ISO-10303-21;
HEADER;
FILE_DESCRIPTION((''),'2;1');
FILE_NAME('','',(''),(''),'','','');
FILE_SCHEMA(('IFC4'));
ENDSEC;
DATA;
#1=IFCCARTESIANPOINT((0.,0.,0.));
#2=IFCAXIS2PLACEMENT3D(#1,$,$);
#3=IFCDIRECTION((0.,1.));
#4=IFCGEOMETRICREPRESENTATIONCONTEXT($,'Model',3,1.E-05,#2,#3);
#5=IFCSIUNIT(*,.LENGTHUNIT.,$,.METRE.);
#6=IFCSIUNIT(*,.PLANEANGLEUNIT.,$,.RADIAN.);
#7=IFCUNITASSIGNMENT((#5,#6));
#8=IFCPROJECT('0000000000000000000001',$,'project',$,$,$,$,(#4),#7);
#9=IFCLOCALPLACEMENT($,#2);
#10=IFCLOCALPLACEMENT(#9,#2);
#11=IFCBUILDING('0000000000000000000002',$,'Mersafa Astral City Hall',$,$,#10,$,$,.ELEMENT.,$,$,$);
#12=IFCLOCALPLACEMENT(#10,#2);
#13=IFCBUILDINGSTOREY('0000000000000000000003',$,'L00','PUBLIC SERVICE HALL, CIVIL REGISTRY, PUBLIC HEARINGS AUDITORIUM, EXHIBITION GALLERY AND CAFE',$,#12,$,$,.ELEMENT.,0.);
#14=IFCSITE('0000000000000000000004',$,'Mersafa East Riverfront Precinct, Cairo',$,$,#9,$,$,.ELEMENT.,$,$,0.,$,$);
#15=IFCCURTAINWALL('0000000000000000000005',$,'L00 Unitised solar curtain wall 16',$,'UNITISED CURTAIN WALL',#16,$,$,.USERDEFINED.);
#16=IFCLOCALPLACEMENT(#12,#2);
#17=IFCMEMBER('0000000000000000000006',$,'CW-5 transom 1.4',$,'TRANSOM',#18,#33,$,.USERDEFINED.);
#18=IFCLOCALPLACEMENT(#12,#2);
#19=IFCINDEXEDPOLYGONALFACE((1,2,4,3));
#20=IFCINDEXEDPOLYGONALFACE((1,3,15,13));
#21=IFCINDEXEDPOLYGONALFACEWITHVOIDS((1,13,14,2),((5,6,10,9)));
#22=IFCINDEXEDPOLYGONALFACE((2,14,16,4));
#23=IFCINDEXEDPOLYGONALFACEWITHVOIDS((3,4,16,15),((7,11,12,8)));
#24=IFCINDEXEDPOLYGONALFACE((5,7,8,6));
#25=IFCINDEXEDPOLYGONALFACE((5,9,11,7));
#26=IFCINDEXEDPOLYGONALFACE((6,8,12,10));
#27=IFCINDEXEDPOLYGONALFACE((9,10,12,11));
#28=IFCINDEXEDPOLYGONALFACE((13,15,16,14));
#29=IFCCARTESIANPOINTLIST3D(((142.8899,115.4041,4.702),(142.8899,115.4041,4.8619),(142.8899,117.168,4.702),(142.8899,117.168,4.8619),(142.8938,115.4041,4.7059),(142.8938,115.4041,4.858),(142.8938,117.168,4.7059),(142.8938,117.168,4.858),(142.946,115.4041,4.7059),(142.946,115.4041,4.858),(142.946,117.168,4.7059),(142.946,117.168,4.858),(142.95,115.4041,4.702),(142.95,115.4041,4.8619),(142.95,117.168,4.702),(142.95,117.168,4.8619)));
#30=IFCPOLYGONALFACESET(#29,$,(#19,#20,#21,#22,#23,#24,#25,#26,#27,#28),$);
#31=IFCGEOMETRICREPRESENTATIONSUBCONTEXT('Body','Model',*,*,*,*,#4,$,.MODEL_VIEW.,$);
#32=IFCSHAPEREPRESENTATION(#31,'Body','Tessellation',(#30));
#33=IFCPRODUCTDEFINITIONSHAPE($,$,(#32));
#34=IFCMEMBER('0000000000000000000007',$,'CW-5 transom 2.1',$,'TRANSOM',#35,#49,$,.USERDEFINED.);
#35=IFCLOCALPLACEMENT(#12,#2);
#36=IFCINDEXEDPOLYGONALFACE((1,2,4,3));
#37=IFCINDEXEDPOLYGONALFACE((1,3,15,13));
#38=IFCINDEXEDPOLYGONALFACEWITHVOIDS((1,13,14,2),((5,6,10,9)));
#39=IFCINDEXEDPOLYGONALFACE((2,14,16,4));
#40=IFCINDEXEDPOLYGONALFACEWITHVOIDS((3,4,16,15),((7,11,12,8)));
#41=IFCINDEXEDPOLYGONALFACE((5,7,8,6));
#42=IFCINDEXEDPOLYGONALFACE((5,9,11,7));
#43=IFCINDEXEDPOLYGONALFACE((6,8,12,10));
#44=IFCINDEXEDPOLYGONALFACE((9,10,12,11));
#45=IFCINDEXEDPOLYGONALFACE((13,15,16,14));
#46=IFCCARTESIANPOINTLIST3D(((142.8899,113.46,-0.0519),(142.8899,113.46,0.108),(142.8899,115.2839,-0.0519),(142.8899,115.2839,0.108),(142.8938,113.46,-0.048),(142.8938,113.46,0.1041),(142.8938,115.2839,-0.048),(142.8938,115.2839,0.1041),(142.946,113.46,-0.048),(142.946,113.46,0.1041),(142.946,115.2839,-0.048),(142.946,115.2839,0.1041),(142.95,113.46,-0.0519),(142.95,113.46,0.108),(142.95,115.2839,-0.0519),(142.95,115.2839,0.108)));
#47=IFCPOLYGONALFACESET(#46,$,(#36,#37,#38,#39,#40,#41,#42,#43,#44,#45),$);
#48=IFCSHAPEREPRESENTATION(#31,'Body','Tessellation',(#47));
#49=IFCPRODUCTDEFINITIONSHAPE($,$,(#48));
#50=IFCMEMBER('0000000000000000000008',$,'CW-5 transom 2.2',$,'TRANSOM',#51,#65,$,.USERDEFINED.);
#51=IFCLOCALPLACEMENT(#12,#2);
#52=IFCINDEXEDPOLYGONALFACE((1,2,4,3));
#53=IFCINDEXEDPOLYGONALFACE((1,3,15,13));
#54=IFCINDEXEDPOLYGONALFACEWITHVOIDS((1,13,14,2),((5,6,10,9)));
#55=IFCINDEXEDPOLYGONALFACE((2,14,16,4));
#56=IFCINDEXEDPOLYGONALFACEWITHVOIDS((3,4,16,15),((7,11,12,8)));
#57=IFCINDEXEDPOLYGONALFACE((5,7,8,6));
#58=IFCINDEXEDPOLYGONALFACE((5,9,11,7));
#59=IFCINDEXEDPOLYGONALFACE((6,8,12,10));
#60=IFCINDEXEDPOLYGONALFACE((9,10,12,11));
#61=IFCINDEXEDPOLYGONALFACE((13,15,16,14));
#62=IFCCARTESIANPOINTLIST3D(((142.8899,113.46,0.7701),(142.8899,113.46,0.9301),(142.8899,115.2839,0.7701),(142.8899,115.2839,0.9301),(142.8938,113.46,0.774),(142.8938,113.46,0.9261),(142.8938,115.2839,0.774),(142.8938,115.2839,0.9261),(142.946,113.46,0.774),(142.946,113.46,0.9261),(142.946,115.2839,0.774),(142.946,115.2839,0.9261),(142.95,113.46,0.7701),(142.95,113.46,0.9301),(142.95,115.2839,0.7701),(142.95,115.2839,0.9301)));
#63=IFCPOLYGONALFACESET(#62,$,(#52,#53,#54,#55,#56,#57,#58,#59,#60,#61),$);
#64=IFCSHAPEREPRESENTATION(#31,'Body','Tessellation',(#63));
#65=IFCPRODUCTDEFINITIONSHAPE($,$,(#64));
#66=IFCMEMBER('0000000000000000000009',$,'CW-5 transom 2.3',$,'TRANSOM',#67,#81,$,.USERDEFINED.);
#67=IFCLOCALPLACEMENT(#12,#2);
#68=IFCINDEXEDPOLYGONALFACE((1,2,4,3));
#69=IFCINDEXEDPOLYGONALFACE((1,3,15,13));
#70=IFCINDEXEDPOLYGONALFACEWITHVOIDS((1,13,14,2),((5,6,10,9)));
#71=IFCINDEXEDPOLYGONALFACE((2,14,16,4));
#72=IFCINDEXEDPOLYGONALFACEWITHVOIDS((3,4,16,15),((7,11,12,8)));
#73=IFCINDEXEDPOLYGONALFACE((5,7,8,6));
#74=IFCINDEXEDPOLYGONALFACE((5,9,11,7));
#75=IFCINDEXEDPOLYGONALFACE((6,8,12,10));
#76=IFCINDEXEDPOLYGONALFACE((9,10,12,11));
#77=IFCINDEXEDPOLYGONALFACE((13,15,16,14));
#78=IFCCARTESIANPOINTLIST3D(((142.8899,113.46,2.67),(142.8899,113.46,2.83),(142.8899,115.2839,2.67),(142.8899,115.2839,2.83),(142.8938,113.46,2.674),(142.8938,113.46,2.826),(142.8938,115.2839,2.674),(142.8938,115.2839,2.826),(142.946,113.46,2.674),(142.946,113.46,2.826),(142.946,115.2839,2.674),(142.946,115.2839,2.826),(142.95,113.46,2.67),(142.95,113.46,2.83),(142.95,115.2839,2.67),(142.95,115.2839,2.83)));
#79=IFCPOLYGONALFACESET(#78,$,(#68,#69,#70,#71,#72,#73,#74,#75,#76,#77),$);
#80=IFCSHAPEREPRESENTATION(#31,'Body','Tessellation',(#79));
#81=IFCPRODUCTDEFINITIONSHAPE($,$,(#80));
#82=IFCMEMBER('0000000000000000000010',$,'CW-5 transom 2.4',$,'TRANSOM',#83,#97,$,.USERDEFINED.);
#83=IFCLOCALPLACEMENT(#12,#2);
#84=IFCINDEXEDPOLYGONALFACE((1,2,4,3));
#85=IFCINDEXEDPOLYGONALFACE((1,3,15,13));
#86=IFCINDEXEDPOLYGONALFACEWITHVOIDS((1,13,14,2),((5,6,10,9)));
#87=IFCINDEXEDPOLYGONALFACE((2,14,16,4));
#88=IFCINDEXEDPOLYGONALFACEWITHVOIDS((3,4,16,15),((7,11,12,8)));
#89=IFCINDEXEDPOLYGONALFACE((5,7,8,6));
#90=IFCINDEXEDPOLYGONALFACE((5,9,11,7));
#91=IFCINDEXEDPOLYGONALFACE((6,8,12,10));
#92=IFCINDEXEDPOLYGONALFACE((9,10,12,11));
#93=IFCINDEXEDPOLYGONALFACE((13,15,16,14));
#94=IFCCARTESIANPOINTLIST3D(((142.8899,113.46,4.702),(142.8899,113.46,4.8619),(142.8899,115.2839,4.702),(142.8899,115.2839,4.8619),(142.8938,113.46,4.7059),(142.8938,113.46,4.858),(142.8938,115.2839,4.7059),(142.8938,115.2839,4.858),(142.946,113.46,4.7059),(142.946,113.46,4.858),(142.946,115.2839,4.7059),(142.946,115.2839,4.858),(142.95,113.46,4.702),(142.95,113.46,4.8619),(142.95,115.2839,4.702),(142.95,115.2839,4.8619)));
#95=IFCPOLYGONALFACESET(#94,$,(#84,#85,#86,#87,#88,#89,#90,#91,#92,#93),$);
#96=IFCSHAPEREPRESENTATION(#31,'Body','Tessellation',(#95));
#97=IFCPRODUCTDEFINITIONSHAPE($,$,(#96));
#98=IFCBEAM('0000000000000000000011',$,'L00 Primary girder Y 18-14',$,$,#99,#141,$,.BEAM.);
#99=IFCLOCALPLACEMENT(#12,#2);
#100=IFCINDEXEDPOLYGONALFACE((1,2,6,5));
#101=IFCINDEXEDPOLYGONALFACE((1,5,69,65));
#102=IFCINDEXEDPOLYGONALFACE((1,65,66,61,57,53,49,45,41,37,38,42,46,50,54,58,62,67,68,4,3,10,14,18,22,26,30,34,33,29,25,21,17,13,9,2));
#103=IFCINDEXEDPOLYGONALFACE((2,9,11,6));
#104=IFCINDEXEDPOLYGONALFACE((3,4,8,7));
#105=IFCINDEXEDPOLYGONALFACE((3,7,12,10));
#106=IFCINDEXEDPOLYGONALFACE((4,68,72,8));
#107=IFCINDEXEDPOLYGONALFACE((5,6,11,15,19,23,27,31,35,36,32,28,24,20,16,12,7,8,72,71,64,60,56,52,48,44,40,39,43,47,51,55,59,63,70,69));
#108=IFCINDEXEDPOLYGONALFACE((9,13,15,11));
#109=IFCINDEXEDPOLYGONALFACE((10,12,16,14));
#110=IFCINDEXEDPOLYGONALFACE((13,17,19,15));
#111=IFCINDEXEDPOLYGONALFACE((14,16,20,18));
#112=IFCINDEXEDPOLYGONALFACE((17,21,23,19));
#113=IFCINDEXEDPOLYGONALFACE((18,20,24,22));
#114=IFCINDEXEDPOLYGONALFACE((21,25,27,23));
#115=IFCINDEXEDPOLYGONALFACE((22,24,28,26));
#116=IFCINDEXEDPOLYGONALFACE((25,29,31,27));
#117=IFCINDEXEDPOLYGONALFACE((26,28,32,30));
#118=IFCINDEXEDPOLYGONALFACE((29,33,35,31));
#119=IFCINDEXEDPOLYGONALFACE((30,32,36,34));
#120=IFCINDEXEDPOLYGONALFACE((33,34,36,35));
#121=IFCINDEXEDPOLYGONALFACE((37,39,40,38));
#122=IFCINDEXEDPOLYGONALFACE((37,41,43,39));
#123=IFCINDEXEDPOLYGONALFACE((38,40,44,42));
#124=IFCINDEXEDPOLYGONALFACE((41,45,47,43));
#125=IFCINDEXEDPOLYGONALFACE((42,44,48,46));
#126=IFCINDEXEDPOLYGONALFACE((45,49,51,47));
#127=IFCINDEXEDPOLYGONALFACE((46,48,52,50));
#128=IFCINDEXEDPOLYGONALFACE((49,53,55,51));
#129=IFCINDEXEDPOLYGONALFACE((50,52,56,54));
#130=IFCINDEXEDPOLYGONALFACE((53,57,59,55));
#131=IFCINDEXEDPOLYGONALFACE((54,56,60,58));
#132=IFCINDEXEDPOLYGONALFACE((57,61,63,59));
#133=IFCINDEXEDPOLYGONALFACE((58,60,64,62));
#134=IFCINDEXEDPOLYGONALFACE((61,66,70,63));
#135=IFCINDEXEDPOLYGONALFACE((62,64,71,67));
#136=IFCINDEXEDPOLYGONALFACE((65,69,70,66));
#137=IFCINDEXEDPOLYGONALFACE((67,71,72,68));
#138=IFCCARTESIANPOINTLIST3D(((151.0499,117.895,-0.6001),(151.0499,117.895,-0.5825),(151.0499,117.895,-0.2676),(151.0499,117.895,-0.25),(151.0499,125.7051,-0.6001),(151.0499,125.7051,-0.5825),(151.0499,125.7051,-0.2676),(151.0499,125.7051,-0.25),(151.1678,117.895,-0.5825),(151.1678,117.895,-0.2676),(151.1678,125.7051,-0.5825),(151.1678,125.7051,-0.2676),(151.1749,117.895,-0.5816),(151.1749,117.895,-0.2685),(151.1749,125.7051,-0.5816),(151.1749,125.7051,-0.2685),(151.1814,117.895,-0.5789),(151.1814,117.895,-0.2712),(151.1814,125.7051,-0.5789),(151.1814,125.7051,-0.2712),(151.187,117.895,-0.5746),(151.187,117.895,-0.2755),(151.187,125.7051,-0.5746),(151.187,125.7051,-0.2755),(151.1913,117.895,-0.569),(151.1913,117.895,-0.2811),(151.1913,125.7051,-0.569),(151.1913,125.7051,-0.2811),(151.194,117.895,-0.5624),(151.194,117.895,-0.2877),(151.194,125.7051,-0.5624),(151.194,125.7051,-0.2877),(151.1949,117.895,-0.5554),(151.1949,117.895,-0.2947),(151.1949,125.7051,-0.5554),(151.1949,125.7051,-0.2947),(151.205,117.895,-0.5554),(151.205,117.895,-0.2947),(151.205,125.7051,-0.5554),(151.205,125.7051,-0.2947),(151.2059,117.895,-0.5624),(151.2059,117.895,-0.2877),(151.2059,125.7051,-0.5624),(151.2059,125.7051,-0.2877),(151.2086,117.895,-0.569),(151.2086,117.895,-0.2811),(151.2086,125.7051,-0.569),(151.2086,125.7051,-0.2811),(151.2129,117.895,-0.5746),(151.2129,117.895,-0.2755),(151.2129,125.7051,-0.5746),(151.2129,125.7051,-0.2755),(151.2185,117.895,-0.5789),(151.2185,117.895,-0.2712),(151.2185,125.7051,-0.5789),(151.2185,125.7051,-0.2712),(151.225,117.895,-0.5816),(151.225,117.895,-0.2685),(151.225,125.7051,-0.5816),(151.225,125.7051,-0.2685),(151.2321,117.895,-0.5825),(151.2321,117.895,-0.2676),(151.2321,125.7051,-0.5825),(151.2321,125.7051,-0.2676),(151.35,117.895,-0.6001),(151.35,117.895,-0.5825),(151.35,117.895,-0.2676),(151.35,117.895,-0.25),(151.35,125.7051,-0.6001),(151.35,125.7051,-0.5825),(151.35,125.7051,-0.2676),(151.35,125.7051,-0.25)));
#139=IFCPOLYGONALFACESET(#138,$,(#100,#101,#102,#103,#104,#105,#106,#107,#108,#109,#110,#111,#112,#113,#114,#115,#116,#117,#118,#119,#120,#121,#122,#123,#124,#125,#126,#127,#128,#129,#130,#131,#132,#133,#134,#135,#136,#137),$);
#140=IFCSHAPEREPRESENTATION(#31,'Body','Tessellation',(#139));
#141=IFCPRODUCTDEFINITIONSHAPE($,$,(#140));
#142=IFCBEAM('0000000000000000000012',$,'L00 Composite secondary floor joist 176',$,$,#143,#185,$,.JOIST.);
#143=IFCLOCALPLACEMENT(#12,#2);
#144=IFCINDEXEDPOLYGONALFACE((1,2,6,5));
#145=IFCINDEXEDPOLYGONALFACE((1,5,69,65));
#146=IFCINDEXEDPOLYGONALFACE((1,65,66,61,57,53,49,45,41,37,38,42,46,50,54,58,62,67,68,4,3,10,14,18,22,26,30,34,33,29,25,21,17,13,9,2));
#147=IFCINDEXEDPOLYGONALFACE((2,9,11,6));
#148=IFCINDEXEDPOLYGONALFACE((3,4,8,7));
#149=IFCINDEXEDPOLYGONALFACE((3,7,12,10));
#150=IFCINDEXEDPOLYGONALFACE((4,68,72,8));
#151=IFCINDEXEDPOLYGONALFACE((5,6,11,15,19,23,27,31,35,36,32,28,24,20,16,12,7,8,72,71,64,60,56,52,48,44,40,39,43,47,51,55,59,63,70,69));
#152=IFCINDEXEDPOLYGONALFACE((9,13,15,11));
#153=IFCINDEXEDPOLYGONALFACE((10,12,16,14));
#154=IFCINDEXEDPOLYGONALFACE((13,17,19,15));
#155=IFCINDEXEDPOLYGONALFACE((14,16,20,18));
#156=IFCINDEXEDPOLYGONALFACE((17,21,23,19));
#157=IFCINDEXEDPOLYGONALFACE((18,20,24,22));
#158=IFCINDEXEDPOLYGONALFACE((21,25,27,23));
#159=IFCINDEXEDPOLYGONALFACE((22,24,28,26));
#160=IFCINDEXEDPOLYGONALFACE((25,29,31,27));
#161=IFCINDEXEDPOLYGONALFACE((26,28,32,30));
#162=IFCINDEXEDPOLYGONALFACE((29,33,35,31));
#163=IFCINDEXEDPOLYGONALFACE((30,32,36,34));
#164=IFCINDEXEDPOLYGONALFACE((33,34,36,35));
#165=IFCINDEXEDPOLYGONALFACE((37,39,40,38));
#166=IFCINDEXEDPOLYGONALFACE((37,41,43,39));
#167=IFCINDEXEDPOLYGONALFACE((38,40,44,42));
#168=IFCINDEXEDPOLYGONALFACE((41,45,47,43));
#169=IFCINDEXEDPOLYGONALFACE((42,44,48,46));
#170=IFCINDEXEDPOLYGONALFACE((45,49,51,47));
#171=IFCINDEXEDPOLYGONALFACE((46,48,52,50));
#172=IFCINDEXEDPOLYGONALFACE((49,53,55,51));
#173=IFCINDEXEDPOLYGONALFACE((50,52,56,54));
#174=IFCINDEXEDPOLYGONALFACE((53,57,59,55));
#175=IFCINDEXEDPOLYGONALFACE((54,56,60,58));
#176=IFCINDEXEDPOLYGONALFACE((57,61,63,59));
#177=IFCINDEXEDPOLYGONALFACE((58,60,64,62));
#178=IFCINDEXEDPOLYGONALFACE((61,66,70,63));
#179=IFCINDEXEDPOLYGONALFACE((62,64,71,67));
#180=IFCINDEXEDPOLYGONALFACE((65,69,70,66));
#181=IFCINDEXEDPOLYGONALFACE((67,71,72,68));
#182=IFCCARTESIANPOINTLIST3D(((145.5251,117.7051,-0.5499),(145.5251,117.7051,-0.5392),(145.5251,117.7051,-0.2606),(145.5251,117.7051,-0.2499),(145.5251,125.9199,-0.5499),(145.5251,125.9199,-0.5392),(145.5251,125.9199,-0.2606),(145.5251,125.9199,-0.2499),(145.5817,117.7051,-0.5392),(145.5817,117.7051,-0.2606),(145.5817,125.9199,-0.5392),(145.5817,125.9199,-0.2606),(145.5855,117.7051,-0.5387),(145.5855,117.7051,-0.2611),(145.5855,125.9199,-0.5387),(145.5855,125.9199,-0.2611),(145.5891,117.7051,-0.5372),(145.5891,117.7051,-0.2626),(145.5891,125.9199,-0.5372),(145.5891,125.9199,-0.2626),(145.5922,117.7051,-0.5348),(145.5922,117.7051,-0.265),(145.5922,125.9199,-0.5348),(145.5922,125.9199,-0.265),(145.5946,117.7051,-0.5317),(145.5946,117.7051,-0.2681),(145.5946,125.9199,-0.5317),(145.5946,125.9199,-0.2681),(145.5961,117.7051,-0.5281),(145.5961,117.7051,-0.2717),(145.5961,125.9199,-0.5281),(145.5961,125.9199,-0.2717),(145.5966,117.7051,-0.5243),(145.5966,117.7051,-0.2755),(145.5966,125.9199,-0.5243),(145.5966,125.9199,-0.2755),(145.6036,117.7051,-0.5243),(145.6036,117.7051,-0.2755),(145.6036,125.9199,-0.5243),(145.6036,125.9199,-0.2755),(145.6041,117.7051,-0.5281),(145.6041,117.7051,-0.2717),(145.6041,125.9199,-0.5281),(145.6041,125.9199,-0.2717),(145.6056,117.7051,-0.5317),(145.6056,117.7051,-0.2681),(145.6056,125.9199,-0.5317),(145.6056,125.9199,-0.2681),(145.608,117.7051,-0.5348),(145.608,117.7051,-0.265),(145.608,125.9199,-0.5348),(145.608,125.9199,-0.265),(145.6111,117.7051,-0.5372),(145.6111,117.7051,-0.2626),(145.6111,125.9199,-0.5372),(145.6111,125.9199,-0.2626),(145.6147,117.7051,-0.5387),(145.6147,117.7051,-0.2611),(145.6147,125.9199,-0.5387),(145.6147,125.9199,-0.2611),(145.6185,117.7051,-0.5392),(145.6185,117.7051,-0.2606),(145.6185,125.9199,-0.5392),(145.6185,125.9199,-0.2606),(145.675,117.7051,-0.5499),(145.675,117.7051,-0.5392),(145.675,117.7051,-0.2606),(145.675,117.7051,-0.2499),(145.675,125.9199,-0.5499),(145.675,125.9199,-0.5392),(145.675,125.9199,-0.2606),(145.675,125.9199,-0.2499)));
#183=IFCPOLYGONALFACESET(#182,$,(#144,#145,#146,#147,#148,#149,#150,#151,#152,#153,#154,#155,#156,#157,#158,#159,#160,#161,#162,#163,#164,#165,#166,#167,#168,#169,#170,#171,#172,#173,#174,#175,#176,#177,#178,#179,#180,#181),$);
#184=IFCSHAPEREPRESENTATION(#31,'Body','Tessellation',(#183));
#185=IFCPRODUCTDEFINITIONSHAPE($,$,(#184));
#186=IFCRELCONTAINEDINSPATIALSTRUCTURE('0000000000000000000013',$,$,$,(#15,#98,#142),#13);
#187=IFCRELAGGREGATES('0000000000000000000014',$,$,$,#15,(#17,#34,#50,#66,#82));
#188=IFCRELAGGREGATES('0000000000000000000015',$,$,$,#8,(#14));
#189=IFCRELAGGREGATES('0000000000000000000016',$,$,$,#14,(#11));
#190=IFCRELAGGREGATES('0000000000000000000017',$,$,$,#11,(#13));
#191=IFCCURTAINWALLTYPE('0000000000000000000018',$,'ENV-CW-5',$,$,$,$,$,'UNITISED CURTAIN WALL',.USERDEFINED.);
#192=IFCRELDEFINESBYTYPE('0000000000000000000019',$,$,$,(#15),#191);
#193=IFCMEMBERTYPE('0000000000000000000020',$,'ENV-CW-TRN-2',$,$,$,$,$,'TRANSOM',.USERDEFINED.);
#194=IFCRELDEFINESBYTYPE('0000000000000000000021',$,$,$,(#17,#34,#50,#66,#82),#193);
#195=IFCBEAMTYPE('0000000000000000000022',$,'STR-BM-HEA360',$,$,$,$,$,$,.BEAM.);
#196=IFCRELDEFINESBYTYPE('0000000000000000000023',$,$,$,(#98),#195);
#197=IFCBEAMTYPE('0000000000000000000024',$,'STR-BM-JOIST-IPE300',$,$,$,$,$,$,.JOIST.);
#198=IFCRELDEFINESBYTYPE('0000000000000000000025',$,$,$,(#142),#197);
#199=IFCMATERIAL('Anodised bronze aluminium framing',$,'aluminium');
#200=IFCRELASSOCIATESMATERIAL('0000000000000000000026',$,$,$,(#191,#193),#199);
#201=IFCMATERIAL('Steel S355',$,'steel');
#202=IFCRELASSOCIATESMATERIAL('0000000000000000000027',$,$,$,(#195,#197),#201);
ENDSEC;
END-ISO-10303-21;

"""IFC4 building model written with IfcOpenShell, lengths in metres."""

from ifc_helpers import new_model, si_unit, direction, frame, origin, origin_2d, place, context, subcontext, project, spatial, hollow_rectangle, i_section, extrude, material, material_profile, profile_set, type_object, element, aggregate, save


model = new_model("IFC4")

# Units and contexts
model_context = context("Model", 3, precision=1e-05, world=origin(), true_north=direction((0.0, 1.0)))
body_context = subcontext(model_context, "Body", "Model", "MODEL_VIEW")
ifc_project = project(units=[si_unit("LENGTHUNIT", "METRE"), si_unit("PLANEANGLEUNIT", "RADIAN")], contexts=[model_context])

# Site, building, storey
site_placement = place(None, origin())
site = spatial("IfcSite", under=ifc_project, at=site_placement, Name="Mersafa East Riverfront Precinct, Cairo", CompositionType="ELEMENT", RefElevation=0.0)
building_placement = place(site_placement, origin())
building = spatial("IfcBuilding", under=site, at=building_placement, Name="Mersafa Astral City Hall", CompositionType="ELEMENT")
storey_placement = place(building_placement, origin())
storey = spatial("IfcBuildingStorey", under=building, at=storey_placement, Name="L00", Description="PUBLIC SERVICE HALL, CIVIL REGISTRY, PUBLIC HEARINGS AUDITORIUM, EXHIBITION GALLERY AND CAFE", CompositionType="ELEMENT", Elevation=0.0)

# Shared definitions
ifc_material_1 = material(Name="Steel S355", Category="steel")

# Curtain wall, members
ifc_material_2 = material(Name="Anodised bronze aluminium framing", Category="aluminium")
curtain_wall_type = type_object("IfcCurtainWallType", Name="ENV-CW-5", ElementType="UNITISED CURTAIN WALL", PredefinedType="USERDEFINED", material=ifc_material_2)
curtain_wall_placement = place(storey_placement, origin())
curtain_wall = element("IfcCurtainWall", 1, at=curtain_wall_placement, inside=storey, type_object=curtain_wall_type, Name="L00 Unitised solar curtain wall 16", ObjectType="UNITISED CURTAIN WALL", PredefinedType="USERDEFINED")
ifc_material_profile_1 = material_profile(ifc_material_2, hollow_rectangle(XDim=0.0601, YDim=0.1599, WallThickness=0.0039, at=origin_2d()), Name="RHS 60x160x4")
ifc_profile_set_1 = profile_set([ifc_material_profile_1], Name="Anodised bronze aluminium framing")
member_type_1 = type_object("IfcMemberType", Name="ENV-CW-TRN-2", ElementType="TRANSOM", PredefinedType="USERDEFINED", material=ifc_profile_set_1)
member_1_placement = place(storey_placement, frame((142.9199, 117.168, 4.782), z_axis=(0.0, -1.0, 0.0), x_axis=(1.0, 0.0, 0.0)))
member_1 = element("IfcMember", 2, at=member_1_placement, type_object=member_type_1, Name="CW-5 transom 1.4", ObjectType="TRANSOM", PredefinedType="USERDEFINED", context=body_context, shape_type="SweptSolid", body=[
    extrude(hollow_rectangle(XDim=0.0601, YDim=0.1599, WallThickness=0.0039, at=origin_2d()), origin(), (0.0, 0.0, 1.0), 1.7639),
])
member_2_placement = place(storey_placement, frame((142.9199, 115.2839, 0.0281), z_axis=(0.0, -1.0, 0.0), x_axis=(1.0, 0.0, 0.0)))
member_2 = element("IfcMember", 3, at=member_2_placement, type_object=member_type_1, Name="CW-5 transom 2.1", ObjectType="TRANSOM", PredefinedType="USERDEFINED", context=body_context, shape_type="SweptSolid", body=[
    extrude(hollow_rectangle(XDim=0.0601, YDim=0.1599, WallThickness=0.0039, at=origin_2d()), origin(), (0.0, 0.0, 1.0), 1.824),
])
member_3_placement = place(storey_placement, frame((142.9199, 115.2839, 0.8501), z_axis=(0.0, -1.0, 0.0), x_axis=(1.0, 0.0, 0.0)))
member_3 = element("IfcMember", 4, at=member_3_placement, type_object=member_type_1, Name="CW-5 transom 2.2", ObjectType="TRANSOM", PredefinedType="USERDEFINED", context=body_context, shape_type="SweptSolid", body=[
    extrude(hollow_rectangle(XDim=0.0601, YDim=0.1599, WallThickness=0.0039, at=origin_2d()), origin(), (0.0, 0.0, 1.0), 1.824),
])
member_4_placement = place(storey_placement, frame((142.9199, 115.2839, 2.75), z_axis=(0.0, -1.0, 0.0), x_axis=(1.0, 0.0, 0.0)))
member_4 = element("IfcMember", 5, at=member_4_placement, type_object=member_type_1, Name="CW-5 transom 2.3", ObjectType="TRANSOM", PredefinedType="USERDEFINED", context=body_context, shape_type="SweptSolid", body=[
    extrude(hollow_rectangle(XDim=0.0601, YDim=0.1599, WallThickness=0.0039, at=origin_2d()), origin(), (0.0, 0.0, 1.0), 1.824),
])
member_5_placement = place(storey_placement, frame((142.9199, 115.2839, 4.782), z_axis=(0.0, -1.0, 0.0), x_axis=(1.0, 0.0, 0.0)))
member_5 = element("IfcMember", 6, at=member_5_placement, type_object=member_type_1, Name="CW-5 transom 2.4", ObjectType="TRANSOM", PredefinedType="USERDEFINED", context=body_context, shape_type="SweptSolid", body=[
    extrude(hollow_rectangle(XDim=0.0601, YDim=0.1599, WallThickness=0.0039, at=origin_2d()), origin(), (0.0, 0.0, 1.0), 1.824),
])

# Beams
ifc_material_profile_2 = material_profile(ifc_material_1, i_section(OverallWidth=0.3, OverallDepth=0.3501, WebThickness=0.01, FlangeThickness=0.0176, FilletRadius=0.0271, at=origin_2d()), Name="HEA 360")
ifc_profile_set_2 = profile_set([ifc_material_profile_2], Name="Steel S355")
beam_type_1 = type_object("IfcBeamType", Name="STR-BM-HEA360", PredefinedType="BEAM", material=ifc_profile_set_2)
beam_placement = place(storey_placement, frame((151.2, 117.895, -0.425), z_axis=(0.0, 1.0, 0.0), x_axis=(-1.0, 0.0, 0.0)))
element("IfcBeam", 7, at=beam_placement, inside=storey, type_object=beam_type_1, Name="L00 Primary girder Y 18-14", PredefinedType="BEAM", context=body_context, shape_type="SweptSolid", body=[
    extrude(i_section(OverallWidth=0.3, OverallDepth=0.3501, WebThickness=0.01, FlangeThickness=0.0176, FilletRadius=0.0271, at=origin_2d()), origin(), (0.0, 0.0, 1.0), 7.8101),
])
ifc_material_profile_3 = material_profile(ifc_material_1, i_section(OverallWidth=0.1499, OverallDepth=0.3, WebThickness=0.0071, FlangeThickness=0.0107, FilletRadius=0.0149, at=origin_2d()), Name="IPE 300")
ifc_profile_set_3 = profile_set([ifc_material_profile_3], Name="Steel S355")
beam_type_2 = type_object("IfcBeamType", Name="STR-BM-JOIST-IPE300", PredefinedType="JOIST", material=ifc_profile_set_3)
for number, where, z_axis, x_axis, name in (
    (8, (145.6001, 117.7051, -0.3999), (0.0, 1.0, 0.0), (-1.0, 0.0, 0.0), "L00 Composite secondary floor joist 176"),
):
    element("IfcBeam", number, at=place(storey_placement, frame(where, z_axis=z_axis, x_axis=x_axis)), inside=storey, type_object=beam_type_2, Name=name, PredefinedType="JOIST", context=body_context, shape_type="SweptSolid", body=[
        extrude(i_section(OverallWidth=0.1499, OverallDepth=0.3, WebThickness=0.0071, FlangeThickness=0.0107, FilletRadius=0.0149, at=origin_2d()), origin(), (0.0, 0.0, 1.0), 8.2148),
    ])

aggregate(curtain_wall, [member_1, member_2, member_3, member_4, member_5])

save(model, "model.ifc")
